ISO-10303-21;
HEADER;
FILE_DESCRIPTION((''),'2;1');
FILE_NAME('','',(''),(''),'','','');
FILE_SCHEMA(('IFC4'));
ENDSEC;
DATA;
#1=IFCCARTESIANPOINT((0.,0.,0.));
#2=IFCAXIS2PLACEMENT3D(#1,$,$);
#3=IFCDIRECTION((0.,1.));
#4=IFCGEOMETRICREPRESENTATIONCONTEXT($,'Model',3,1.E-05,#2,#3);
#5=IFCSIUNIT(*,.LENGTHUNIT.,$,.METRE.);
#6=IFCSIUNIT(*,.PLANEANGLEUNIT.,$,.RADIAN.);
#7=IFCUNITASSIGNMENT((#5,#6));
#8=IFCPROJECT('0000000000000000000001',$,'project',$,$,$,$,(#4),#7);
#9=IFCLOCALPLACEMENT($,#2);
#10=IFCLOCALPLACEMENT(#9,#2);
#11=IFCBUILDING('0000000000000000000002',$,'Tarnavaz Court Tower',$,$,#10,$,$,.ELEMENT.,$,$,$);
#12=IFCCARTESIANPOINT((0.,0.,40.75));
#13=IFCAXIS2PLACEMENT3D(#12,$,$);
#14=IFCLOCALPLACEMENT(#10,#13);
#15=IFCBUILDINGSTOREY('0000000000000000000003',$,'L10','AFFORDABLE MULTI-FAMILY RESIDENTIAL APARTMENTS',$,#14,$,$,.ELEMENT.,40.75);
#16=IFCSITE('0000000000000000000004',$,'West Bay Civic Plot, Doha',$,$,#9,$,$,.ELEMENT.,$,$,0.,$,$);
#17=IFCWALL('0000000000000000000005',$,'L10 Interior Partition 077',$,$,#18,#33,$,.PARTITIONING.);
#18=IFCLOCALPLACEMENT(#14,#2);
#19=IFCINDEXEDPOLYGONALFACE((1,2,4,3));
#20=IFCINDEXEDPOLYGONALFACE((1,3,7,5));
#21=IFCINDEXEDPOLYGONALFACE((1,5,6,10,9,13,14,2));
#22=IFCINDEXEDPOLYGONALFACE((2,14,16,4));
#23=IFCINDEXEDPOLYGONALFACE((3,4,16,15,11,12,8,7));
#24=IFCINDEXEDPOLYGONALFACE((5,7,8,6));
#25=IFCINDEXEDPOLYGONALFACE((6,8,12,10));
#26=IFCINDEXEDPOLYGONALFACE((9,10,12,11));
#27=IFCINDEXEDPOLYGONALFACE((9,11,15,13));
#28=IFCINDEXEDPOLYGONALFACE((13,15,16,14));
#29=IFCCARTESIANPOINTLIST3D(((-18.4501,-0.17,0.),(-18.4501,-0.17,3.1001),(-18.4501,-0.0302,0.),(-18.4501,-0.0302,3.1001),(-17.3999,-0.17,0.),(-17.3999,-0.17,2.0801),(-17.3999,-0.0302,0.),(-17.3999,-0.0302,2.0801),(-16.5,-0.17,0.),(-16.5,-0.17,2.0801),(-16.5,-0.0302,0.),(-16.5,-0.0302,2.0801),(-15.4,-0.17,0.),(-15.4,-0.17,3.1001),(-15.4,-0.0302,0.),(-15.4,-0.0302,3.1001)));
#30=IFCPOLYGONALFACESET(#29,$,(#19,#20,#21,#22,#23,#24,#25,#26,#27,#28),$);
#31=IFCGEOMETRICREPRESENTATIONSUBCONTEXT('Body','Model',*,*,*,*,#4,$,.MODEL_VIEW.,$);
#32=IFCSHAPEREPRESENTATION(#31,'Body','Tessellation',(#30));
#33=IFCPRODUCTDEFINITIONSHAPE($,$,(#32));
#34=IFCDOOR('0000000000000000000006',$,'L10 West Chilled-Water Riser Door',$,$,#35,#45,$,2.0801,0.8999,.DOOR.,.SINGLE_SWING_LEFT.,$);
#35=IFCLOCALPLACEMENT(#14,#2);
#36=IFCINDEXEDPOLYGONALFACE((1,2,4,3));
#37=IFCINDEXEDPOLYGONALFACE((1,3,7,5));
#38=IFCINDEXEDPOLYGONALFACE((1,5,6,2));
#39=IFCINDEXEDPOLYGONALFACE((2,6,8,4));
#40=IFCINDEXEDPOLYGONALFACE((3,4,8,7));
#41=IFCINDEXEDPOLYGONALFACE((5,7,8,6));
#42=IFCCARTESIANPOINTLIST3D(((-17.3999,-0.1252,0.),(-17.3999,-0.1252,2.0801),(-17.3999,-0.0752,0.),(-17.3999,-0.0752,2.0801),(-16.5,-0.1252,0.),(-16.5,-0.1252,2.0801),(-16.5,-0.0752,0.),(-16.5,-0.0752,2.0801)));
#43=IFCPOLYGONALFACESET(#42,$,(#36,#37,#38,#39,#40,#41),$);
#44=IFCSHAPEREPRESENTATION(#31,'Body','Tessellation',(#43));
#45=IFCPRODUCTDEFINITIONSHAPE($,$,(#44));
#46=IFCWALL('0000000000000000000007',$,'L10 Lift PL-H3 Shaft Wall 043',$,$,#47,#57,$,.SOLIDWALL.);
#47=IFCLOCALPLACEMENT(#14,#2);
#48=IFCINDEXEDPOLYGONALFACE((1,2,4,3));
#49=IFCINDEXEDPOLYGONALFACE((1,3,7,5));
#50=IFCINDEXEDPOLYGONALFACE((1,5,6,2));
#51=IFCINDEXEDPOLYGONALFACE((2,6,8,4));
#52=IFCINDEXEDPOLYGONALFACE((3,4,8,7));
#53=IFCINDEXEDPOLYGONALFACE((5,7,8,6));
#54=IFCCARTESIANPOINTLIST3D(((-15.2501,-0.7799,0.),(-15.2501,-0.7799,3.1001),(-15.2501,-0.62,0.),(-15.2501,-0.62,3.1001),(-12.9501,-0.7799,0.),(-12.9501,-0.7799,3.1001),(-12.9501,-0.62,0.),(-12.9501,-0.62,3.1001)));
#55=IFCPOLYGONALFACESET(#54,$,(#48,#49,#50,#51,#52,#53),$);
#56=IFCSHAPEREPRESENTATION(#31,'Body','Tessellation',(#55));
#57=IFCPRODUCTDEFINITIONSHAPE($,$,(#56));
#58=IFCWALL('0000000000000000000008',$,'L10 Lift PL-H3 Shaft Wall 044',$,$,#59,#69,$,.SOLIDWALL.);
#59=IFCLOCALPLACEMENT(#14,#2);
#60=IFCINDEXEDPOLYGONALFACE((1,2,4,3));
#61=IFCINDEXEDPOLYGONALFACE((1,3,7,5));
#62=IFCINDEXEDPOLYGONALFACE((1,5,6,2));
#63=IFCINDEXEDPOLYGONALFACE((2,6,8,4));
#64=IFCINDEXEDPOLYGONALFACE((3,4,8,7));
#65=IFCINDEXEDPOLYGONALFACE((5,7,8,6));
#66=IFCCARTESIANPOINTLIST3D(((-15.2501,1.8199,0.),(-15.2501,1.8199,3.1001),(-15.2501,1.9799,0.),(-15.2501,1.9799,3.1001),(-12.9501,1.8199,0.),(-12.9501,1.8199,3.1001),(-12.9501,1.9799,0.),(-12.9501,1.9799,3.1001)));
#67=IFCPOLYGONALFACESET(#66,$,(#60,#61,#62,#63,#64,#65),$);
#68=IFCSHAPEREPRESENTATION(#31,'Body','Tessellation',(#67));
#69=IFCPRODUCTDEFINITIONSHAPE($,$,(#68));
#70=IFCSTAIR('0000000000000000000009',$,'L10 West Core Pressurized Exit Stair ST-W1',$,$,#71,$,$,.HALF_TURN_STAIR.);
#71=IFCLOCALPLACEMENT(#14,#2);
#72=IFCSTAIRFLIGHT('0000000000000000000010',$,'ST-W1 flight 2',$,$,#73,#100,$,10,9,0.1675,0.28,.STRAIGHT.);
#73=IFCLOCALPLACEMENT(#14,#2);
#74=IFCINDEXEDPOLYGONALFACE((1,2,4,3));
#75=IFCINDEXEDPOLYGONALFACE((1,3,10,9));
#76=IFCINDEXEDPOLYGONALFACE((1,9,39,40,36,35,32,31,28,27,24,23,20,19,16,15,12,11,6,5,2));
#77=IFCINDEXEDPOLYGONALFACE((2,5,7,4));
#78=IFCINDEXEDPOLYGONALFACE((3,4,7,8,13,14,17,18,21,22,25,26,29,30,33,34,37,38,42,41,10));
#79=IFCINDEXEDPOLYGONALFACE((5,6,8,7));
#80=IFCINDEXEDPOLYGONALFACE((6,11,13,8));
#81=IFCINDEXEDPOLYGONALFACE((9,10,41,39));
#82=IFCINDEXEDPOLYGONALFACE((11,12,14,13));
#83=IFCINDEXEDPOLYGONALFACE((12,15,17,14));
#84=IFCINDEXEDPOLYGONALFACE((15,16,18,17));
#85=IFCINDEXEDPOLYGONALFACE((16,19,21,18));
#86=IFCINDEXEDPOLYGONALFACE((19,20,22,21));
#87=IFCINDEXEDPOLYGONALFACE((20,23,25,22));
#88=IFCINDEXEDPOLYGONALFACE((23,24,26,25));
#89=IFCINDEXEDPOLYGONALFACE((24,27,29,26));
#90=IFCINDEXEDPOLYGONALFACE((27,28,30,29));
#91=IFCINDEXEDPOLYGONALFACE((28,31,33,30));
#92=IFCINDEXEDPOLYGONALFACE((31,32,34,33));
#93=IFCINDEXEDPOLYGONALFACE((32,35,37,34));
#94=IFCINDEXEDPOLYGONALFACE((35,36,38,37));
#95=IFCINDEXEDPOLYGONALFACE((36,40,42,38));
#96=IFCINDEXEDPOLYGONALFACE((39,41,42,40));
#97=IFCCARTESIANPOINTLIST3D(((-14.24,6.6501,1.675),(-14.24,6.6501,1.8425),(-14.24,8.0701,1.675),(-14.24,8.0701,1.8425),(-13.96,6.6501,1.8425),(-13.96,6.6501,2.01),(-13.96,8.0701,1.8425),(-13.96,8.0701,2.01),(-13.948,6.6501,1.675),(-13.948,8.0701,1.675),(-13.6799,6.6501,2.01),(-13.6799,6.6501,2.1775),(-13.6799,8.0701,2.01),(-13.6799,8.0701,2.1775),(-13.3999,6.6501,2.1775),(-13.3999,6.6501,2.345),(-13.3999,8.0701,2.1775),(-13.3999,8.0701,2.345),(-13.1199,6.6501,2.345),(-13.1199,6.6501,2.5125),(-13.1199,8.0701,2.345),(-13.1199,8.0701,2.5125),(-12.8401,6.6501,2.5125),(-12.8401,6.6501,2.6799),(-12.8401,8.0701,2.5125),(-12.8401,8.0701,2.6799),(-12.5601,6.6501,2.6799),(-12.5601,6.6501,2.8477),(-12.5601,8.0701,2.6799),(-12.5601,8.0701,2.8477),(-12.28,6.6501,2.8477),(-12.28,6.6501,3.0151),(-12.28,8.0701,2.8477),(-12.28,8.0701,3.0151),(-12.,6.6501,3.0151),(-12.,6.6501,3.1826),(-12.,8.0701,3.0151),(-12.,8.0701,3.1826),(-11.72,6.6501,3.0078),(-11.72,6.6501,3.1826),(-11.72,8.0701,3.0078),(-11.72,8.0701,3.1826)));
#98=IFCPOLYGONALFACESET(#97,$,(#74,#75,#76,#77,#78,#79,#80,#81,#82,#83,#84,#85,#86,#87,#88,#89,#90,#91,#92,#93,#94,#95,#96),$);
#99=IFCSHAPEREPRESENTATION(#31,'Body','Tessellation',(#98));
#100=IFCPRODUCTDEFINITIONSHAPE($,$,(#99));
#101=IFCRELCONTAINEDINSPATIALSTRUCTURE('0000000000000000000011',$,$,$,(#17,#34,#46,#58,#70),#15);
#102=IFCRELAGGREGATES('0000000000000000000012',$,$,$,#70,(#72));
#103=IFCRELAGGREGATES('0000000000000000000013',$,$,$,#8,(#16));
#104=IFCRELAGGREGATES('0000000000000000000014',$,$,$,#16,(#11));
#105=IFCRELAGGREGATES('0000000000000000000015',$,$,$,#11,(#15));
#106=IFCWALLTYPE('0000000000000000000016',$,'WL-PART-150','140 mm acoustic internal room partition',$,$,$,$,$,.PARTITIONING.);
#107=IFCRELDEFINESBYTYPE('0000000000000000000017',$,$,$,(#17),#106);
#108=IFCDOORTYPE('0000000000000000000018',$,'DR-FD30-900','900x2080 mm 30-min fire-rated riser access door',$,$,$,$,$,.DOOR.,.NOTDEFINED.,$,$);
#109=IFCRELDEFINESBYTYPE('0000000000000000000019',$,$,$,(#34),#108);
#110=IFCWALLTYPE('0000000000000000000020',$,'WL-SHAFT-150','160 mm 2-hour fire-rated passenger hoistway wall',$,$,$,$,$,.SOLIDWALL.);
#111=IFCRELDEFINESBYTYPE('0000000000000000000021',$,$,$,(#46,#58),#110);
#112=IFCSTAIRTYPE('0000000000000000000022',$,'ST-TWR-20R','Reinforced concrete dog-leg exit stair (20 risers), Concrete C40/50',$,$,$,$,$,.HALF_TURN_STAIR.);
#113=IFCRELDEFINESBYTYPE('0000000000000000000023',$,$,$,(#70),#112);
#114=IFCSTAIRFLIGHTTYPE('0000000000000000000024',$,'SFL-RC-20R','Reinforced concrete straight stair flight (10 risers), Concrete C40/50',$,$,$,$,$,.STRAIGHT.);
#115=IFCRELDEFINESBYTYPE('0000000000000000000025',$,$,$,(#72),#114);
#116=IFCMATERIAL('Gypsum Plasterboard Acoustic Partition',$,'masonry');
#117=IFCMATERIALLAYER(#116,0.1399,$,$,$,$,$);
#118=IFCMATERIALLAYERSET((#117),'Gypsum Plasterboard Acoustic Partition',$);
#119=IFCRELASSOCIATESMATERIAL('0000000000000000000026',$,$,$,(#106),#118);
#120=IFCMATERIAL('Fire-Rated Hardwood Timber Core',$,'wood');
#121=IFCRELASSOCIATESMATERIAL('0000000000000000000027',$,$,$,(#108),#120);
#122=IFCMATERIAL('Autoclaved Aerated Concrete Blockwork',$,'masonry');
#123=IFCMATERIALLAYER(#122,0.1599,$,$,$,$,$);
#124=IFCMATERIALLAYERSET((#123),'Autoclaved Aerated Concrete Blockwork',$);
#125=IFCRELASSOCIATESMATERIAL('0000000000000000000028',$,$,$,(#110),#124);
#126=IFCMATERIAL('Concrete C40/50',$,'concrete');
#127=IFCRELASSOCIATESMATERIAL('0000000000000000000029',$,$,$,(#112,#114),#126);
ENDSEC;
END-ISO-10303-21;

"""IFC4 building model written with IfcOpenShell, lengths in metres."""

from ifc_helpers import new_model, si_unit, direction, frame, frame_2d, origin, place, context, subcontext, project, spatial, polyline, rectangle, outline, extrude, material, layer, layer_set, type_object, element, fill, aggregate, save


model = new_model("IFC4")

# Units and contexts
model_context = context("Model", 3, precision=1e-05, world=origin(), true_north=direction((0.0, 1.0)))
body_context = subcontext(model_context, "Body", "Model", "MODEL_VIEW")
ifc_project = project(units=[si_unit("LENGTHUNIT", "METRE"), si_unit("PLANEANGLEUNIT", "RADIAN")], contexts=[model_context])

# Site, building, storey
site_placement = place(None, origin())
site = spatial("IfcSite", under=ifc_project, at=site_placement, Name="West Bay Civic Plot, Doha", CompositionType="ELEMENT", RefElevation=0.0)
building_placement = place(site_placement, origin())
building = spatial("IfcBuilding", under=site, at=building_placement, Name="Tarnavaz Court Tower", CompositionType="ELEMENT")
storey_placement = place(building_placement, frame((0.0, 0.0, 40.75)))
storey = spatial("IfcBuildingStorey", under=building, at=storey_placement, Name="L10", Description="AFFORDABLE MULTI-FAMILY RESIDENTIAL APARTMENTS", CompositionType="ELEMENT", Elevation=40.75)

# Shared definitions
ifc_material_1 = material(Name="Fire-Rated Hardwood Timber Core", Category="wood")

# Shared definitions
ifc_material_2 = material(Name="Autoclaved Aerated Concrete Blockwork", Category="masonry")

# Wall, opening, door
ifc_material_3 = material(Name="Gypsum Plasterboard Acoustic Partition", Category="masonry")
ifc_layer_1 = layer(ifc_material_3, 0.1399)
ifc_layer_set_1 = layer_set([ifc_layer_1], Name="Gypsum Plasterboard Acoustic Partition")
wall_type_1 = type_object("IfcWallType", Name="WL-PART-150", Description="140 mm acoustic internal room partition", PredefinedType="PARTITIONING", material=ifc_layer_set_1)
wall_1_placement = place(storey_placement, frame((-18.45, -0.1001, 0.0), z_axis=(0.0, 0.0, 1.0), x_axis=(1.0, 0.0, 0.0)))
wall_1 = element("IfcWall", 1, at=wall_1_placement, inside=storey, type_object=wall_type_1, Name="L10 Interior Partition 077", PredefinedType="PARTITIONING", context=body_context, shape_type="SweptSolid", body=[
    extrude(rectangle(XDim=3.05, YDim=0.1399, at=frame_2d((1.5249, 0.0))), origin(), (0.0, 0.0, 1.0), 3.1001),
])
opening_1_placement = place(wall_1_placement, frame((1.05, 0.0, 0.0)))
opening_1 = element("IfcOpeningElement", 2, at=opening_1_placement, cuts=wall_1, PredefinedType="OPENING", context=body_context, shape_type="SweptSolid", body=[
    extrude(rectangle(XDim=0.8999, YDim=2.0801, at=frame_2d((0.45, 1.04))), frame((0.0, 0.0798, 0.0), z_axis=(0.0, -1.0, 0.0), x_axis=(1.0, 0.0, 0.0)), (0.0, 0.0, 1.0), 0.1599),
])
door_type_1 = type_object("IfcDoorType", Name="DR-FD30-900", Description="900x2080 mm 30-min fire-rated riser access door", OperationType="NOTDEFINED", PredefinedType="DOOR", material=ifc_material_1)
door_1_placement = place(opening_1_placement, origin())
door_1 = element("IfcDoor", 3, at=door_1_placement, inside=storey, type_object=door_type_1, Name="L10 West Chilled-Water Riser Door", OperationType="SINGLE_SWING_LEFT", OverallHeight=2.0801, OverallWidth=0.8999, PredefinedType="DOOR", context=body_context, shape_type="SweptSolid", body=[
    extrude(rectangle(XDim=0.8999, YDim=2.0801, at=frame_2d((0.45, 1.04))), frame((0.0, 0.0249, 0.0), z_axis=(0.0, -1.0, 0.0), x_axis=(1.0, 0.0, 0.0)), (0.0, 0.0, 1.0), 0.05),
])
fill(opening_1, door_1)

# Walls
ifc_layer_2 = layer(ifc_material_2, 0.1599)
ifc_layer_set_2 = layer_set([ifc_layer_2], Name="Autoclaved Aerated Concrete Blockwork")
wall_type_2 = type_object("IfcWallType", Name="WL-SHAFT-150", Description="160 mm 2-hour fire-rated passenger hoistway wall", PredefinedType="SOLIDWALL", material=ifc_layer_set_2)
for number, where, z_axis, x_axis, name in (
    (4, (-15.25, -0.7, 0.0), (0.0, 0.0, 1.0), (1.0, 0.0, 0.0), "L10 Lift PL-H3 Shaft Wall 043"),
    (5, (-15.25, 1.8999, 0.0), (0.0, 0.0, 1.0), (1.0, 0.0, 0.0), "L10 Lift PL-H3 Shaft Wall 044"),
):
    element("IfcWall", number, at=place(storey_placement, frame(where, z_axis=z_axis, x_axis=x_axis)), inside=storey, type_object=wall_type_2, Name=name, PredefinedType="SOLIDWALL", context=body_context, shape_type="SweptSolid", body=[
        extrude(rectangle(XDim=2.3, YDim=0.1599, at=frame_2d((1.1499, 0.0))), origin(), (0.0, 0.0, 1.0), 3.1001),
    ])

# Stair, stair flight
ifc_material_4 = material(Name="Concrete C40/50", Category="concrete")
stair_type = type_object("IfcStairType", Name="ST-TWR-20R", Description="Reinforced concrete dog-leg exit stair (20 risers), Concrete C40/50", PredefinedType="HALF_TURN_STAIR", material=ifc_material_4)
stair_placement = place(storey_placement, origin())
stair = element("IfcStair", 6, at=stair_placement, inside=storey, type_object=stair_type, Name="L10 West Core Pressurized Exit Stair ST-W1", PredefinedType="HALF_TURN_STAIR")
stair_flight_type = type_object("IfcStairFlightType", Name="SFL-RC-20R", Description="Reinforced concrete straight stair flight (10 risers), Concrete C40/50", PredefinedType="STRAIGHT", material=ifc_material_4)
stair_flight_placement = place(storey_placement, frame((-14.24, 7.3601, 1.675), z_axis=(0.0, 0.0, 1.0), x_axis=(1.0, 0.0, 0.0)))
stair_flight = element("IfcStairFlight", 7, at=stair_flight_placement, type_object=stair_flight_type, Name="ST-W1 flight 2", NumberOfRisers=10, NumberOfTreads=9, PredefinedType="STRAIGHT", RiserHeight=0.1675, TreadLength=0.28, context=body_context, shape_type="SweptSolid", body=[
    extrude(outline(polyline([(0.0, 0.0), (0.0, 0.1675), (0.28, 0.1675), (0.28, 0.335), (0.5601, 0.335), (0.5601, 0.5024), (0.8401, 0.5024), (0.8401, 0.6699), (1.1201, 0.6699), (1.1201, 0.8374), (1.3999, 0.8374), (1.3999, 1.0049), (1.6799, 1.0049), (1.6799, 1.1726), (1.96, 1.1726), (1.96, 1.3401), (2.24, 1.3401), (2.24, 1.5076), (2.52, 1.5076), (2.52, 1.675), (2.52, 1.3328), (0.292, 0.0), (0.0, 0.0)])), frame((0.0, 0.71, 0.0), z_axis=(0.0, -1.0, 0.0), x_axis=(1.0, 0.0, 0.0)), (0.0, 0.0, 1.0), 1.4199),
])
aggregate(stair, [stair_flight])

save(model, "model.ifc")
